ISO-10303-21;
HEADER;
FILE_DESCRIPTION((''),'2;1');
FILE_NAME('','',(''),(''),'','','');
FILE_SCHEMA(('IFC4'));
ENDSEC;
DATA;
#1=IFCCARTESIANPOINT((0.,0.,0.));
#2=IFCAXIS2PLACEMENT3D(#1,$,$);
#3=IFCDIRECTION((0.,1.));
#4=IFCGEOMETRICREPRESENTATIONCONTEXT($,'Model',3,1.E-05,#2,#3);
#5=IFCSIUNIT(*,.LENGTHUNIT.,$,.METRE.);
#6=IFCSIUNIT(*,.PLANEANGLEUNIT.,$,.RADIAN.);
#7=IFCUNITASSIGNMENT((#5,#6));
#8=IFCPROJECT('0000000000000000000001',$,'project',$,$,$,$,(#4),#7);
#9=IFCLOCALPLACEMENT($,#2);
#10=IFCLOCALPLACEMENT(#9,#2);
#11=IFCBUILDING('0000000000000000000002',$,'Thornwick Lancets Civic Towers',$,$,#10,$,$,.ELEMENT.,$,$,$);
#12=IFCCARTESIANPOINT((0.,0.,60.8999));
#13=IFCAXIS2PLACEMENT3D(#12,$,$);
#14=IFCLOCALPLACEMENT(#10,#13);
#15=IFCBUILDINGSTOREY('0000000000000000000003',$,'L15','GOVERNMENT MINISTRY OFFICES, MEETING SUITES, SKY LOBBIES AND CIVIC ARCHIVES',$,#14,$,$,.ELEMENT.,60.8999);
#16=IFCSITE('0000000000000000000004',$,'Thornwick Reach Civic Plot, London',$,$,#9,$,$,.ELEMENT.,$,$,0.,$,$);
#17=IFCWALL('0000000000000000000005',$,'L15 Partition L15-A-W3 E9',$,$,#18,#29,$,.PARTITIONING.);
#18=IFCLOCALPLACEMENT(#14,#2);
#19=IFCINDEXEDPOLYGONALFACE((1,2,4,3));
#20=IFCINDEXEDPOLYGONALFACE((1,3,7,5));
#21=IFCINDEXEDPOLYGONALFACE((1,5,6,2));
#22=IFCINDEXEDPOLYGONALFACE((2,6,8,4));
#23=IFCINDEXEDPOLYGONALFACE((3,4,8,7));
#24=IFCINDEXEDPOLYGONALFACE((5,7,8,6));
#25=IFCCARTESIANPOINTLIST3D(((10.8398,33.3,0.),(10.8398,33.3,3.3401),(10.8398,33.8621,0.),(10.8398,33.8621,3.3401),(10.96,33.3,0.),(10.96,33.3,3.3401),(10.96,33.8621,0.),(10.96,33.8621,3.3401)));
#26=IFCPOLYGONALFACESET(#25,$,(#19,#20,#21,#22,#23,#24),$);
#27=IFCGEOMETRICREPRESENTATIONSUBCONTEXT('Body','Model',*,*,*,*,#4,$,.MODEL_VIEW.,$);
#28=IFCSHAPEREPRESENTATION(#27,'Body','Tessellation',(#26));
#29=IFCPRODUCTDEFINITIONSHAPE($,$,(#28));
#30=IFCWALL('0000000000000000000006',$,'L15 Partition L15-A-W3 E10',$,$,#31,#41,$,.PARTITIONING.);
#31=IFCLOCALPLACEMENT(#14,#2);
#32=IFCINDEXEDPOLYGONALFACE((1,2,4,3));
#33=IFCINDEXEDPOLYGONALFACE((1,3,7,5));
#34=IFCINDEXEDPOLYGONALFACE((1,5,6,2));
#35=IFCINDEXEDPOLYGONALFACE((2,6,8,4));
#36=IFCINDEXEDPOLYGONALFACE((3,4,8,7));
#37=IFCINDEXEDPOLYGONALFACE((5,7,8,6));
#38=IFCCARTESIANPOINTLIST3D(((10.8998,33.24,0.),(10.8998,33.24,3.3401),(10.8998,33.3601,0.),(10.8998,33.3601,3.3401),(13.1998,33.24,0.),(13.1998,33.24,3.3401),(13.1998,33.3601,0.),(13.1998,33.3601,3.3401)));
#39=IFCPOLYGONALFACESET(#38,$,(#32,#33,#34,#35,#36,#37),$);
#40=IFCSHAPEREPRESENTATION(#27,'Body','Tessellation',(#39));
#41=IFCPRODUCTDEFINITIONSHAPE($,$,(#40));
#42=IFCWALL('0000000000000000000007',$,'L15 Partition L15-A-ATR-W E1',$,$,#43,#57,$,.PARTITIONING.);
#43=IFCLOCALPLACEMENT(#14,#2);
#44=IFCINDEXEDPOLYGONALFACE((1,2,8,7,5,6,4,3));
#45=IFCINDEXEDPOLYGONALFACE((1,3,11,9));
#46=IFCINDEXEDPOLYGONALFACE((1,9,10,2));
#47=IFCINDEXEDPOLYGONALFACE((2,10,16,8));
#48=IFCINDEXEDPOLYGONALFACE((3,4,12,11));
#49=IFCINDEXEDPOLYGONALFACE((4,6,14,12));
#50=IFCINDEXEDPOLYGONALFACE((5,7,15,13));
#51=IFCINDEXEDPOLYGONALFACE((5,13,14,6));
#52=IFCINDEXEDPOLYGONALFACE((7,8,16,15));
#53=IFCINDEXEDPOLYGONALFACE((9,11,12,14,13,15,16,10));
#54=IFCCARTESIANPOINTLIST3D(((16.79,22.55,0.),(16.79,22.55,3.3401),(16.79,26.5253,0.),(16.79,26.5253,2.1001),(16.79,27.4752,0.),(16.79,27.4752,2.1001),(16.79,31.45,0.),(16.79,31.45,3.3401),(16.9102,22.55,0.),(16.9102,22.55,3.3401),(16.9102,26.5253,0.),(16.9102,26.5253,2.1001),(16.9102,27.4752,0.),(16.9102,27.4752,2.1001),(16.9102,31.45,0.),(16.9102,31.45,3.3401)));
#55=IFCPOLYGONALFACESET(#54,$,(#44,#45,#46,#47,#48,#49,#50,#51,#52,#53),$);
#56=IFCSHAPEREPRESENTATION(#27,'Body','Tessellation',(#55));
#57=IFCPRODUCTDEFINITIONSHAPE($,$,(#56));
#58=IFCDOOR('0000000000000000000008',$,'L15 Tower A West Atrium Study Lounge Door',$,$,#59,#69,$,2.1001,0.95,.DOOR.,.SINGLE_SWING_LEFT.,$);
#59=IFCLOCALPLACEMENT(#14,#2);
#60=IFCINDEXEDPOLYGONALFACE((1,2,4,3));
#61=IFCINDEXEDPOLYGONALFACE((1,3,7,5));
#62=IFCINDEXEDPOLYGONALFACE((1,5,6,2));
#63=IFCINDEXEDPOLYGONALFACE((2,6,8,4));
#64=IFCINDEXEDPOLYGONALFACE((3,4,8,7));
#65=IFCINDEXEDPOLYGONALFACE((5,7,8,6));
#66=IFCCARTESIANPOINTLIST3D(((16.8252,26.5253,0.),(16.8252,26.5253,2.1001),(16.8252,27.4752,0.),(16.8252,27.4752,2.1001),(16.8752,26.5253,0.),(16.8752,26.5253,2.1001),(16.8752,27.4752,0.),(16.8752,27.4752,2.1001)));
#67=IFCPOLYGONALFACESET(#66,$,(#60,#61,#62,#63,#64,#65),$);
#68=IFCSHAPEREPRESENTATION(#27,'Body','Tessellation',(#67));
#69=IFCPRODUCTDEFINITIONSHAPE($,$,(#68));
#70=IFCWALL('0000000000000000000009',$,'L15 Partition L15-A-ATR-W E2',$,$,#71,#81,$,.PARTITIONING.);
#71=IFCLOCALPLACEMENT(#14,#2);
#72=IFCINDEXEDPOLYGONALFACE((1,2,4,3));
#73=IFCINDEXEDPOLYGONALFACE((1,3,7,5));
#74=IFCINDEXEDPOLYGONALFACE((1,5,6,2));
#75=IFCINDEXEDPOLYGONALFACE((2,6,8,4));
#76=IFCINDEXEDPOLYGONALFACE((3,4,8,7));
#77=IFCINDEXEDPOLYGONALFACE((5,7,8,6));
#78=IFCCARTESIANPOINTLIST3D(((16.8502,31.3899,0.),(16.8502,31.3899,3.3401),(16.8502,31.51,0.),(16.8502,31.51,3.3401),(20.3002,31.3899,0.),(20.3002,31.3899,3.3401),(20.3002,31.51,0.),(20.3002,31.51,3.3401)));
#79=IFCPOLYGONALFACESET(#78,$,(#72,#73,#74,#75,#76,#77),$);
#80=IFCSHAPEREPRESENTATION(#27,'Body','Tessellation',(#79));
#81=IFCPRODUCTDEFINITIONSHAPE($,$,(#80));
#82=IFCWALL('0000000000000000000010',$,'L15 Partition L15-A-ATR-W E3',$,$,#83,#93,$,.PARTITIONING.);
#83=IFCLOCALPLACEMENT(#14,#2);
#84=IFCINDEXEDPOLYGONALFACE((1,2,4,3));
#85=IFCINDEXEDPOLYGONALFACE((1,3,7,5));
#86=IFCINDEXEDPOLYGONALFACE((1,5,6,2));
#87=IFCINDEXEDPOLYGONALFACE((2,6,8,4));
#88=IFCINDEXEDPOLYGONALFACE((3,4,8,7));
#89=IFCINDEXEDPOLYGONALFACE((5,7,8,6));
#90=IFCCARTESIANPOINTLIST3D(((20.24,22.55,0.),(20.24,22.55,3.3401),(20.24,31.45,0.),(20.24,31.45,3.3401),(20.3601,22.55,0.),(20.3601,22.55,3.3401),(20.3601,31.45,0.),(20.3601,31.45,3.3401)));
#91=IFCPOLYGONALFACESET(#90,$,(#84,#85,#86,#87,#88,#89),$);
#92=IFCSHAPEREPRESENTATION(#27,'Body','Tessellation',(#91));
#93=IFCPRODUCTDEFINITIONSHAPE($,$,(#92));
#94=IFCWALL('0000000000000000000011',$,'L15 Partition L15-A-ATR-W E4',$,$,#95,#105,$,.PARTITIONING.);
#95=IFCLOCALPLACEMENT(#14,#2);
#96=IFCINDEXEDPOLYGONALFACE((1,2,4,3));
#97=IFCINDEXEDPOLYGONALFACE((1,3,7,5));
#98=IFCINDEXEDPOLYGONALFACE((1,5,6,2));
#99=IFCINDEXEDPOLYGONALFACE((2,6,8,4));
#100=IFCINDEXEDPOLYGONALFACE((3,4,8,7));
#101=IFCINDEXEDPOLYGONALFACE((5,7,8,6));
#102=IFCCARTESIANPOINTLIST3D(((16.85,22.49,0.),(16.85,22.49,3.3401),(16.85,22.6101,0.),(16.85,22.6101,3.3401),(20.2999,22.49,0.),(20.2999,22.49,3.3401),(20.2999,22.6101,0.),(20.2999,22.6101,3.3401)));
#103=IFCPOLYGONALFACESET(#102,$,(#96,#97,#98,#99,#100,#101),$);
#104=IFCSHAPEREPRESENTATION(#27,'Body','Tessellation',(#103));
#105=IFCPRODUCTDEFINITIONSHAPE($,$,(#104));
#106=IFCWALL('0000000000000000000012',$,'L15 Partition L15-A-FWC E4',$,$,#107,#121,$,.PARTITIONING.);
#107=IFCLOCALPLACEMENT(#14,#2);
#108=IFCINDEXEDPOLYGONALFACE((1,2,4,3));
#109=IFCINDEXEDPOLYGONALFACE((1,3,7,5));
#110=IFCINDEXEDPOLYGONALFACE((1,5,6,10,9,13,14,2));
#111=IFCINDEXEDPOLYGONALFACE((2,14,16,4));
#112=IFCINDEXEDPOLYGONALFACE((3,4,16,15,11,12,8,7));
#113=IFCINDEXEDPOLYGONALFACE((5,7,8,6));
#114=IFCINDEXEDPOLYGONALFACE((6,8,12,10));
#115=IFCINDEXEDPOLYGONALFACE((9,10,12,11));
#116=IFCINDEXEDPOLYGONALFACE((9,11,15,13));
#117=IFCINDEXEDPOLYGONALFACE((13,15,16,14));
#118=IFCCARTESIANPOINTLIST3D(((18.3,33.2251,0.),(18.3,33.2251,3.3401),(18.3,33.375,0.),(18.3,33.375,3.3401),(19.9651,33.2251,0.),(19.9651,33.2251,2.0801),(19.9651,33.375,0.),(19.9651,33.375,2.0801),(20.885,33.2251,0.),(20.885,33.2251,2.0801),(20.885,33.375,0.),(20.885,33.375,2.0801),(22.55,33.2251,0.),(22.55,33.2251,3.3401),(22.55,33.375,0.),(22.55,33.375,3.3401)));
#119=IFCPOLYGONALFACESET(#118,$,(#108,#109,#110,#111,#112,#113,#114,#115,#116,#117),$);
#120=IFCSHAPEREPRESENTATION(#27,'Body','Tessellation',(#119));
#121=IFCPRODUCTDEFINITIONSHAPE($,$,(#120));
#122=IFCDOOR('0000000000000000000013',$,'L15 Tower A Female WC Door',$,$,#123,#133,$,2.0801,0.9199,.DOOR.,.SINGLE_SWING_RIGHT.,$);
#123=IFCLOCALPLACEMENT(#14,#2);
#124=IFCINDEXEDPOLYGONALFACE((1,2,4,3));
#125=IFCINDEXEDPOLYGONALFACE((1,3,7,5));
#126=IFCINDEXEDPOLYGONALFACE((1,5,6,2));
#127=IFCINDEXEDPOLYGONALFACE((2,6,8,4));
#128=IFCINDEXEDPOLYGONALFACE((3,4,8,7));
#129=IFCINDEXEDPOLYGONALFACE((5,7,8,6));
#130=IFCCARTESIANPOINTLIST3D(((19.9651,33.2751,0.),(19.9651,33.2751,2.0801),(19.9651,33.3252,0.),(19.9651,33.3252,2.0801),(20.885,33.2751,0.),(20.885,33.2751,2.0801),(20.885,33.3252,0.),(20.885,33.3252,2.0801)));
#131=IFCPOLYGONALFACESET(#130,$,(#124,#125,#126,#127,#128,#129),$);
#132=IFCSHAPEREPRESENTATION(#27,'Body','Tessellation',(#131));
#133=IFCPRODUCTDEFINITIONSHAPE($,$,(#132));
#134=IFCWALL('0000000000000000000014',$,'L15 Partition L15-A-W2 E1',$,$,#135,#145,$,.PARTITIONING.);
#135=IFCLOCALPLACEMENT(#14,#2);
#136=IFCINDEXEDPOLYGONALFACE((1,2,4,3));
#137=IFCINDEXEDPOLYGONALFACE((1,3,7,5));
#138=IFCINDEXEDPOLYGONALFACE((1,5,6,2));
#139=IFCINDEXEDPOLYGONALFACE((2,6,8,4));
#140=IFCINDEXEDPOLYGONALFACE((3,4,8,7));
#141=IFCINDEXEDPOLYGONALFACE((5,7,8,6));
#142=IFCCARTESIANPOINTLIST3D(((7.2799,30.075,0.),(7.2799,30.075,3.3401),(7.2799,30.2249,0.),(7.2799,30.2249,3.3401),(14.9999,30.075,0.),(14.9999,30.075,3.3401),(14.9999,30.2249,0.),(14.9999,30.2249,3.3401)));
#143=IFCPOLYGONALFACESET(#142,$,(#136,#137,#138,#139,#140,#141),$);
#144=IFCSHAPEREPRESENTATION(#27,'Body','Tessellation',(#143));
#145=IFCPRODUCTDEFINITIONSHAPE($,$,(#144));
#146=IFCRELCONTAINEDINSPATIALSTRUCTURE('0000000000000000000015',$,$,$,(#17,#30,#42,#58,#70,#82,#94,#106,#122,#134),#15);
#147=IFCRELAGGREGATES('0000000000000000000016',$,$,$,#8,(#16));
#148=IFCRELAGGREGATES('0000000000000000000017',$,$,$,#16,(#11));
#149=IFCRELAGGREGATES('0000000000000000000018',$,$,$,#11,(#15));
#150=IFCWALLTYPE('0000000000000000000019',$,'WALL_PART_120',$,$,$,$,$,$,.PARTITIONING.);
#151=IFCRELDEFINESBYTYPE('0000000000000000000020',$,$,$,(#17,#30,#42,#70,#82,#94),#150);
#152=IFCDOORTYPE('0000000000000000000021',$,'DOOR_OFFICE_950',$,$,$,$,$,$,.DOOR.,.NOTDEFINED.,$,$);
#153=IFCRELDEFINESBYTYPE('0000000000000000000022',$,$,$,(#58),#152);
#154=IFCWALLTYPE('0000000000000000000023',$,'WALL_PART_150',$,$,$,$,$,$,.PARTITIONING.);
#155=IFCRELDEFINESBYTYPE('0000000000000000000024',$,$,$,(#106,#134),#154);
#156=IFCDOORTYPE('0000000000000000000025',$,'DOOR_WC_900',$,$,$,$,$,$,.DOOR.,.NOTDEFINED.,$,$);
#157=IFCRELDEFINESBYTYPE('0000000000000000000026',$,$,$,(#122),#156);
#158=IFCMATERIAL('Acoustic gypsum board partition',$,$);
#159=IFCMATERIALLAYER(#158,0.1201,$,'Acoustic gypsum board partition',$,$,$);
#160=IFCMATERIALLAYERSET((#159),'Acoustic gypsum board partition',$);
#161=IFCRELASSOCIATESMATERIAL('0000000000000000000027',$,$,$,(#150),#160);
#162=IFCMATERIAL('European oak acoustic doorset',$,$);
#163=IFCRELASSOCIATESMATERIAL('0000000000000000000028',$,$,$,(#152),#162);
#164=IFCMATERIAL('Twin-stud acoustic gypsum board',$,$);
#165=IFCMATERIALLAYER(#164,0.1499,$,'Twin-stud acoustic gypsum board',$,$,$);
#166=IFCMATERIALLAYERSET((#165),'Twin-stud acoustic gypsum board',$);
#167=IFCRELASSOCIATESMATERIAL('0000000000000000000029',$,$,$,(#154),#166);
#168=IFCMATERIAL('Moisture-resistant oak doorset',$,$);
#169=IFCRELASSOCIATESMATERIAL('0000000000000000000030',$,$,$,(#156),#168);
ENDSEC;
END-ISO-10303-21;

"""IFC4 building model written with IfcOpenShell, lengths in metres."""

from ifc_helpers import new_model, si_unit, direction, frame, frame_2d, origin, place, context, subcontext, project, spatial, rectangle, extrude, material, layer, layer_set, type_object, element, fill, save


model = new_model("IFC4")

# Units and contexts
model_context = context("Model", 3, precision=1e-05, world=origin(), true_north=direction((0.0, 1.0)))
body_context = subcontext(model_context, "Body", "Model", "MODEL_VIEW")
ifc_project = project(units=[si_unit("LENGTHUNIT", "METRE"), si_unit("PLANEANGLEUNIT", "RADIAN")], contexts=[model_context])

# Site, building, storey
site_placement = place(None, origin())
site = spatial("IfcSite", under=ifc_project, at=site_placement, Name="Thornwick Reach Civic Plot, London", CompositionType="ELEMENT", RefElevation=0.0)
building_placement = place(site_placement, origin())
building = spatial("IfcBuilding", under=site, at=building_placement, Name="Thornwick Lancets Civic Towers", CompositionType="ELEMENT")
storey_placement = place(building_placement, frame((0.0, 0.0, 60.8999)))
storey = spatial("IfcBuildingStorey", under=building, at=storey_placement, Name="L15", Description="GOVERNMENT MINISTRY OFFICES, MEETING SUITES, SKY LOBBIES AND CIVIC ARCHIVES", CompositionType="ELEMENT", Elevation=60.8999)

# Shared definitions
ifc_material_1 = material(Name="Acoustic gypsum board partition")
ifc_layer_1 = layer(ifc_material_1, 0.1201, Name="Acoustic gypsum board partition")
ifc_layer_set_1 = layer_set([ifc_layer_1], Name="Acoustic gypsum board partition")
wall_type_1 = type_object("IfcWallType", Name="WALL_PART_120", PredefinedType="PARTITIONING", material=ifc_layer_set_1)

# Shared definitions
ifc_material_2 = material(Name="European oak acoustic doorset")
door_type_1 = type_object("IfcDoorType", Name="DOOR_OFFICE_950", OperationType="NOTDEFINED", PredefinedType="DOOR", material=ifc_material_2)

# Walls
wall_1_placement = place(storey_placement, frame((10.8999, 33.8621, 0.0), z_axis=(0.0, 0.0, 1.0), x_axis=(0.0, -1.0, 0.0)))
element("IfcWall", 1, at=wall_1_placement, inside=storey, type_object=wall_type_1, Name="L15 Partition L15-A-W3 E9", PredefinedType="PARTITIONING", context=body_context, shape_type="SweptSolid", body=[
    extrude(rectangle(XDim=0.562, YDim=0.1201, at=frame_2d((0.281, 0.0))), origin(), (0.0, 0.0, 1.0), 3.3401),
])
wall_2_placement = place(storey_placement, frame((10.8999, 33.3, 0.0), z_axis=(0.0, 0.0, 1.0), x_axis=(1.0, 0.0, 0.0)))
element("IfcWall", 2, at=wall_2_placement, inside=storey, type_object=wall_type_1, Name="L15 Partition L15-A-W3 E10", PredefinedType="PARTITIONING", context=body_context, shape_type="SweptSolid", body=[
    extrude(rectangle(XDim=2.3, YDim=0.1201, at=frame_2d((1.1499, 0.0))), origin(), (0.0, 0.0, 1.0), 3.3401),
])

# Wall, opening, door
wall_3_placement = place(storey_placement, frame((16.8501, 22.55, 0.0), z_axis=(0.0, 0.0, 1.0), x_axis=(0.0, 1.0, 0.0)))
wall_3 = element("IfcWall", 3, at=wall_3_placement, inside=storey, type_object=wall_type_1, Name="L15 Partition L15-A-ATR-W E1", PredefinedType="PARTITIONING", context=body_context, shape_type="SweptSolid", body=[
    extrude(rectangle(XDim=8.8999, YDim=0.1201, at=frame_2d((4.45, 0.0))), origin(), (0.0, 0.0, 1.0), 3.3401),
])
opening_1_placement = place(wall_3_placement, frame((3.9751, 0.0, 0.0)))
opening_1 = element("IfcOpeningElement", 4, at=opening_1_placement, cuts=wall_3, PredefinedType="OPENING", context=body_context, shape_type="SweptSolid", body=[
    extrude(rectangle(XDim=0.95, YDim=2.1001, at=frame_2d((0.4751, 1.05))), frame((0.0, 0.0701, 0.0), z_axis=(0.0, -1.0, 0.0), x_axis=(1.0, 0.0, 0.0)), (0.0, 0.0, 1.0), 0.1401),
])
door_1_placement = place(opening_1_placement, origin())
door_1 = element("IfcDoor", 5, at=door_1_placement, inside=storey, type_object=door_type_1, Name="L15 Tower A West Atrium Study Lounge Door", OperationType="SINGLE_SWING_LEFT", OverallHeight=2.1001, OverallWidth=0.95, PredefinedType="DOOR", context=body_context, shape_type="SweptSolid", body=[
    extrude(rectangle(XDim=0.95, YDim=2.1001, at=frame_2d((0.4751, 1.05))), frame((0.0, 0.0249, 0.0), z_axis=(0.0, -1.0, 0.0), x_axis=(1.0, 0.0, 0.0)), (0.0, 0.0, 1.0), 0.05),
])
fill(opening_1, door_1)

# Walls
wall_4_placement = place(storey_placement, frame((16.8501, 31.45, 0.0), z_axis=(0.0, 0.0, 1.0), x_axis=(1.0, 0.0, 0.0)))
element("IfcWall", 6, at=wall_4_placement, inside=storey, type_object=wall_type_1, Name="L15 Partition L15-A-ATR-W E2", PredefinedType="PARTITIONING", context=body_context, shape_type="SweptSolid", body=[
    extrude(rectangle(XDim=3.45, YDim=0.1201, at=frame_2d((1.7251, 0.0))), origin(), (0.0, 0.0, 1.0), 3.3401),
])
wall_5_placement = place(storey_placement, frame((20.3, 31.45, 0.0), z_axis=(0.0, 0.0, 1.0), x_axis=(0.0, -1.0, 0.0)))
element("IfcWall", 7, at=wall_5_placement, inside=storey, type_object=wall_type_1, Name="L15 Partition L15-A-ATR-W E3", PredefinedType="PARTITIONING", context=body_context, shape_type="SweptSolid", body=[
    extrude(rectangle(XDim=8.8999, YDim=0.1201, at=frame_2d((4.45, 0.0))), origin(), (0.0, 0.0, 1.0), 3.3401),
])
wall_6_placement = place(storey_placement, frame((20.3, 22.55, 0.0), z_axis=(0.0, 0.0, 1.0), x_axis=(-1.0, 0.0, 0.0)))
element("IfcWall", 8, at=wall_6_placement, inside=storey, type_object=wall_type_1, Name="L15 Partition L15-A-ATR-W E4", PredefinedType="PARTITIONING", context=body_context, shape_type="SweptSolid", body=[
    extrude(rectangle(XDim=3.45, YDim=0.1201, at=frame_2d((1.7251, 0.0))), origin(), (0.0, 0.0, 1.0), 3.3401),
])

# Wall, opening, door
ifc_material_3 = material(Name="Twin-stud acoustic gypsum board")
ifc_layer_2 = layer(ifc_material_3, 0.1499, Name="Twin-stud acoustic gypsum board")
ifc_layer_set_2 = layer_set([ifc_layer_2], Name="Twin-stud acoustic gypsum board")
wall_type_2 = type_object("IfcWallType", Name="WALL_PART_150", PredefinedType="PARTITIONING", material=ifc_layer_set_2)
wall_7_placement = place(storey_placement, frame((22.55, 33.3, 0.0), z_axis=(0.0, 0.0, 1.0), x_axis=(-1.0, 0.0, 0.0)))
wall_7 = element("IfcWall", 9, at=wall_7_placement, inside=storey, type_object=wall_type_2, Name="L15 Partition L15-A-FWC E4", PredefinedType="PARTITIONING", context=body_context, shape_type="SweptSolid", body=[
    extrude(rectangle(XDim=4.25, YDim=0.1499, at=frame_2d((2.125, 0.0))), origin(), (0.0, 0.0, 1.0), 3.3401),
])
opening_2_placement = place(wall_7_placement, frame((1.665, 0.0, 0.0)))
opening_2 = element("IfcOpeningElement", 10, at=opening_2_placement, cuts=wall_7, PredefinedType="OPENING", context=body_context, shape_type="SweptSolid", body=[
    extrude(rectangle(XDim=0.9199, YDim=2.0801, at=frame_2d((0.46, 1.04))), frame((0.0, 0.085, 0.0), z_axis=(0.0, -1.0, 0.0), x_axis=(1.0, 0.0, 0.0)), (0.0, 0.0, 1.0), 0.1699),
])
ifc_material_4 = material(Name="Moisture-resistant oak doorset")
door_type_2 = type_object("IfcDoorType", Name="DOOR_WC_900", OperationType="NOTDEFINED", PredefinedType="DOOR", material=ifc_material_4)
door_2_placement = place(opening_2_placement, origin())
door_2 = element("IfcDoor", 11, at=door_2_placement, inside=storey, type_object=door_type_2, Name="L15 Tower A Female WC Door", OperationType="SINGLE_SWING_RIGHT", OverallHeight=2.0801, OverallWidth=0.9199, PredefinedType="DOOR", context=body_context, shape_type="SweptSolid", body=[
    extrude(rectangle(XDim=0.9199, YDim=2.0801, at=frame_2d((0.46, 1.04))), frame((0.0, 0.0249, 0.0), z_axis=(0.0, -1.0, 0.0), x_axis=(1.0, 0.0, 0.0)), (0.0, 0.0, 1.0), 0.05),
])
fill(opening_2, door_2)

# Wall
wall_8_placement = place(storey_placement, frame((7.28, 30.1499, 0.0), z_axis=(0.0, 0.0, 1.0), x_axis=(1.0, 0.0, 0.0)))
element("IfcWall", 12, at=wall_8_placement, inside=storey, type_object=wall_type_2, Name="L15 Partition L15-A-W2 E1", PredefinedType="PARTITIONING", context=body_context, shape_type="SweptSolid", body=[
    extrude(rectangle(XDim=7.72, YDim=0.1499, at=frame_2d((3.8599, 0.0))), origin(), (0.0, 0.0, 1.0), 3.3401),
])

save(model, "model.ifc")
